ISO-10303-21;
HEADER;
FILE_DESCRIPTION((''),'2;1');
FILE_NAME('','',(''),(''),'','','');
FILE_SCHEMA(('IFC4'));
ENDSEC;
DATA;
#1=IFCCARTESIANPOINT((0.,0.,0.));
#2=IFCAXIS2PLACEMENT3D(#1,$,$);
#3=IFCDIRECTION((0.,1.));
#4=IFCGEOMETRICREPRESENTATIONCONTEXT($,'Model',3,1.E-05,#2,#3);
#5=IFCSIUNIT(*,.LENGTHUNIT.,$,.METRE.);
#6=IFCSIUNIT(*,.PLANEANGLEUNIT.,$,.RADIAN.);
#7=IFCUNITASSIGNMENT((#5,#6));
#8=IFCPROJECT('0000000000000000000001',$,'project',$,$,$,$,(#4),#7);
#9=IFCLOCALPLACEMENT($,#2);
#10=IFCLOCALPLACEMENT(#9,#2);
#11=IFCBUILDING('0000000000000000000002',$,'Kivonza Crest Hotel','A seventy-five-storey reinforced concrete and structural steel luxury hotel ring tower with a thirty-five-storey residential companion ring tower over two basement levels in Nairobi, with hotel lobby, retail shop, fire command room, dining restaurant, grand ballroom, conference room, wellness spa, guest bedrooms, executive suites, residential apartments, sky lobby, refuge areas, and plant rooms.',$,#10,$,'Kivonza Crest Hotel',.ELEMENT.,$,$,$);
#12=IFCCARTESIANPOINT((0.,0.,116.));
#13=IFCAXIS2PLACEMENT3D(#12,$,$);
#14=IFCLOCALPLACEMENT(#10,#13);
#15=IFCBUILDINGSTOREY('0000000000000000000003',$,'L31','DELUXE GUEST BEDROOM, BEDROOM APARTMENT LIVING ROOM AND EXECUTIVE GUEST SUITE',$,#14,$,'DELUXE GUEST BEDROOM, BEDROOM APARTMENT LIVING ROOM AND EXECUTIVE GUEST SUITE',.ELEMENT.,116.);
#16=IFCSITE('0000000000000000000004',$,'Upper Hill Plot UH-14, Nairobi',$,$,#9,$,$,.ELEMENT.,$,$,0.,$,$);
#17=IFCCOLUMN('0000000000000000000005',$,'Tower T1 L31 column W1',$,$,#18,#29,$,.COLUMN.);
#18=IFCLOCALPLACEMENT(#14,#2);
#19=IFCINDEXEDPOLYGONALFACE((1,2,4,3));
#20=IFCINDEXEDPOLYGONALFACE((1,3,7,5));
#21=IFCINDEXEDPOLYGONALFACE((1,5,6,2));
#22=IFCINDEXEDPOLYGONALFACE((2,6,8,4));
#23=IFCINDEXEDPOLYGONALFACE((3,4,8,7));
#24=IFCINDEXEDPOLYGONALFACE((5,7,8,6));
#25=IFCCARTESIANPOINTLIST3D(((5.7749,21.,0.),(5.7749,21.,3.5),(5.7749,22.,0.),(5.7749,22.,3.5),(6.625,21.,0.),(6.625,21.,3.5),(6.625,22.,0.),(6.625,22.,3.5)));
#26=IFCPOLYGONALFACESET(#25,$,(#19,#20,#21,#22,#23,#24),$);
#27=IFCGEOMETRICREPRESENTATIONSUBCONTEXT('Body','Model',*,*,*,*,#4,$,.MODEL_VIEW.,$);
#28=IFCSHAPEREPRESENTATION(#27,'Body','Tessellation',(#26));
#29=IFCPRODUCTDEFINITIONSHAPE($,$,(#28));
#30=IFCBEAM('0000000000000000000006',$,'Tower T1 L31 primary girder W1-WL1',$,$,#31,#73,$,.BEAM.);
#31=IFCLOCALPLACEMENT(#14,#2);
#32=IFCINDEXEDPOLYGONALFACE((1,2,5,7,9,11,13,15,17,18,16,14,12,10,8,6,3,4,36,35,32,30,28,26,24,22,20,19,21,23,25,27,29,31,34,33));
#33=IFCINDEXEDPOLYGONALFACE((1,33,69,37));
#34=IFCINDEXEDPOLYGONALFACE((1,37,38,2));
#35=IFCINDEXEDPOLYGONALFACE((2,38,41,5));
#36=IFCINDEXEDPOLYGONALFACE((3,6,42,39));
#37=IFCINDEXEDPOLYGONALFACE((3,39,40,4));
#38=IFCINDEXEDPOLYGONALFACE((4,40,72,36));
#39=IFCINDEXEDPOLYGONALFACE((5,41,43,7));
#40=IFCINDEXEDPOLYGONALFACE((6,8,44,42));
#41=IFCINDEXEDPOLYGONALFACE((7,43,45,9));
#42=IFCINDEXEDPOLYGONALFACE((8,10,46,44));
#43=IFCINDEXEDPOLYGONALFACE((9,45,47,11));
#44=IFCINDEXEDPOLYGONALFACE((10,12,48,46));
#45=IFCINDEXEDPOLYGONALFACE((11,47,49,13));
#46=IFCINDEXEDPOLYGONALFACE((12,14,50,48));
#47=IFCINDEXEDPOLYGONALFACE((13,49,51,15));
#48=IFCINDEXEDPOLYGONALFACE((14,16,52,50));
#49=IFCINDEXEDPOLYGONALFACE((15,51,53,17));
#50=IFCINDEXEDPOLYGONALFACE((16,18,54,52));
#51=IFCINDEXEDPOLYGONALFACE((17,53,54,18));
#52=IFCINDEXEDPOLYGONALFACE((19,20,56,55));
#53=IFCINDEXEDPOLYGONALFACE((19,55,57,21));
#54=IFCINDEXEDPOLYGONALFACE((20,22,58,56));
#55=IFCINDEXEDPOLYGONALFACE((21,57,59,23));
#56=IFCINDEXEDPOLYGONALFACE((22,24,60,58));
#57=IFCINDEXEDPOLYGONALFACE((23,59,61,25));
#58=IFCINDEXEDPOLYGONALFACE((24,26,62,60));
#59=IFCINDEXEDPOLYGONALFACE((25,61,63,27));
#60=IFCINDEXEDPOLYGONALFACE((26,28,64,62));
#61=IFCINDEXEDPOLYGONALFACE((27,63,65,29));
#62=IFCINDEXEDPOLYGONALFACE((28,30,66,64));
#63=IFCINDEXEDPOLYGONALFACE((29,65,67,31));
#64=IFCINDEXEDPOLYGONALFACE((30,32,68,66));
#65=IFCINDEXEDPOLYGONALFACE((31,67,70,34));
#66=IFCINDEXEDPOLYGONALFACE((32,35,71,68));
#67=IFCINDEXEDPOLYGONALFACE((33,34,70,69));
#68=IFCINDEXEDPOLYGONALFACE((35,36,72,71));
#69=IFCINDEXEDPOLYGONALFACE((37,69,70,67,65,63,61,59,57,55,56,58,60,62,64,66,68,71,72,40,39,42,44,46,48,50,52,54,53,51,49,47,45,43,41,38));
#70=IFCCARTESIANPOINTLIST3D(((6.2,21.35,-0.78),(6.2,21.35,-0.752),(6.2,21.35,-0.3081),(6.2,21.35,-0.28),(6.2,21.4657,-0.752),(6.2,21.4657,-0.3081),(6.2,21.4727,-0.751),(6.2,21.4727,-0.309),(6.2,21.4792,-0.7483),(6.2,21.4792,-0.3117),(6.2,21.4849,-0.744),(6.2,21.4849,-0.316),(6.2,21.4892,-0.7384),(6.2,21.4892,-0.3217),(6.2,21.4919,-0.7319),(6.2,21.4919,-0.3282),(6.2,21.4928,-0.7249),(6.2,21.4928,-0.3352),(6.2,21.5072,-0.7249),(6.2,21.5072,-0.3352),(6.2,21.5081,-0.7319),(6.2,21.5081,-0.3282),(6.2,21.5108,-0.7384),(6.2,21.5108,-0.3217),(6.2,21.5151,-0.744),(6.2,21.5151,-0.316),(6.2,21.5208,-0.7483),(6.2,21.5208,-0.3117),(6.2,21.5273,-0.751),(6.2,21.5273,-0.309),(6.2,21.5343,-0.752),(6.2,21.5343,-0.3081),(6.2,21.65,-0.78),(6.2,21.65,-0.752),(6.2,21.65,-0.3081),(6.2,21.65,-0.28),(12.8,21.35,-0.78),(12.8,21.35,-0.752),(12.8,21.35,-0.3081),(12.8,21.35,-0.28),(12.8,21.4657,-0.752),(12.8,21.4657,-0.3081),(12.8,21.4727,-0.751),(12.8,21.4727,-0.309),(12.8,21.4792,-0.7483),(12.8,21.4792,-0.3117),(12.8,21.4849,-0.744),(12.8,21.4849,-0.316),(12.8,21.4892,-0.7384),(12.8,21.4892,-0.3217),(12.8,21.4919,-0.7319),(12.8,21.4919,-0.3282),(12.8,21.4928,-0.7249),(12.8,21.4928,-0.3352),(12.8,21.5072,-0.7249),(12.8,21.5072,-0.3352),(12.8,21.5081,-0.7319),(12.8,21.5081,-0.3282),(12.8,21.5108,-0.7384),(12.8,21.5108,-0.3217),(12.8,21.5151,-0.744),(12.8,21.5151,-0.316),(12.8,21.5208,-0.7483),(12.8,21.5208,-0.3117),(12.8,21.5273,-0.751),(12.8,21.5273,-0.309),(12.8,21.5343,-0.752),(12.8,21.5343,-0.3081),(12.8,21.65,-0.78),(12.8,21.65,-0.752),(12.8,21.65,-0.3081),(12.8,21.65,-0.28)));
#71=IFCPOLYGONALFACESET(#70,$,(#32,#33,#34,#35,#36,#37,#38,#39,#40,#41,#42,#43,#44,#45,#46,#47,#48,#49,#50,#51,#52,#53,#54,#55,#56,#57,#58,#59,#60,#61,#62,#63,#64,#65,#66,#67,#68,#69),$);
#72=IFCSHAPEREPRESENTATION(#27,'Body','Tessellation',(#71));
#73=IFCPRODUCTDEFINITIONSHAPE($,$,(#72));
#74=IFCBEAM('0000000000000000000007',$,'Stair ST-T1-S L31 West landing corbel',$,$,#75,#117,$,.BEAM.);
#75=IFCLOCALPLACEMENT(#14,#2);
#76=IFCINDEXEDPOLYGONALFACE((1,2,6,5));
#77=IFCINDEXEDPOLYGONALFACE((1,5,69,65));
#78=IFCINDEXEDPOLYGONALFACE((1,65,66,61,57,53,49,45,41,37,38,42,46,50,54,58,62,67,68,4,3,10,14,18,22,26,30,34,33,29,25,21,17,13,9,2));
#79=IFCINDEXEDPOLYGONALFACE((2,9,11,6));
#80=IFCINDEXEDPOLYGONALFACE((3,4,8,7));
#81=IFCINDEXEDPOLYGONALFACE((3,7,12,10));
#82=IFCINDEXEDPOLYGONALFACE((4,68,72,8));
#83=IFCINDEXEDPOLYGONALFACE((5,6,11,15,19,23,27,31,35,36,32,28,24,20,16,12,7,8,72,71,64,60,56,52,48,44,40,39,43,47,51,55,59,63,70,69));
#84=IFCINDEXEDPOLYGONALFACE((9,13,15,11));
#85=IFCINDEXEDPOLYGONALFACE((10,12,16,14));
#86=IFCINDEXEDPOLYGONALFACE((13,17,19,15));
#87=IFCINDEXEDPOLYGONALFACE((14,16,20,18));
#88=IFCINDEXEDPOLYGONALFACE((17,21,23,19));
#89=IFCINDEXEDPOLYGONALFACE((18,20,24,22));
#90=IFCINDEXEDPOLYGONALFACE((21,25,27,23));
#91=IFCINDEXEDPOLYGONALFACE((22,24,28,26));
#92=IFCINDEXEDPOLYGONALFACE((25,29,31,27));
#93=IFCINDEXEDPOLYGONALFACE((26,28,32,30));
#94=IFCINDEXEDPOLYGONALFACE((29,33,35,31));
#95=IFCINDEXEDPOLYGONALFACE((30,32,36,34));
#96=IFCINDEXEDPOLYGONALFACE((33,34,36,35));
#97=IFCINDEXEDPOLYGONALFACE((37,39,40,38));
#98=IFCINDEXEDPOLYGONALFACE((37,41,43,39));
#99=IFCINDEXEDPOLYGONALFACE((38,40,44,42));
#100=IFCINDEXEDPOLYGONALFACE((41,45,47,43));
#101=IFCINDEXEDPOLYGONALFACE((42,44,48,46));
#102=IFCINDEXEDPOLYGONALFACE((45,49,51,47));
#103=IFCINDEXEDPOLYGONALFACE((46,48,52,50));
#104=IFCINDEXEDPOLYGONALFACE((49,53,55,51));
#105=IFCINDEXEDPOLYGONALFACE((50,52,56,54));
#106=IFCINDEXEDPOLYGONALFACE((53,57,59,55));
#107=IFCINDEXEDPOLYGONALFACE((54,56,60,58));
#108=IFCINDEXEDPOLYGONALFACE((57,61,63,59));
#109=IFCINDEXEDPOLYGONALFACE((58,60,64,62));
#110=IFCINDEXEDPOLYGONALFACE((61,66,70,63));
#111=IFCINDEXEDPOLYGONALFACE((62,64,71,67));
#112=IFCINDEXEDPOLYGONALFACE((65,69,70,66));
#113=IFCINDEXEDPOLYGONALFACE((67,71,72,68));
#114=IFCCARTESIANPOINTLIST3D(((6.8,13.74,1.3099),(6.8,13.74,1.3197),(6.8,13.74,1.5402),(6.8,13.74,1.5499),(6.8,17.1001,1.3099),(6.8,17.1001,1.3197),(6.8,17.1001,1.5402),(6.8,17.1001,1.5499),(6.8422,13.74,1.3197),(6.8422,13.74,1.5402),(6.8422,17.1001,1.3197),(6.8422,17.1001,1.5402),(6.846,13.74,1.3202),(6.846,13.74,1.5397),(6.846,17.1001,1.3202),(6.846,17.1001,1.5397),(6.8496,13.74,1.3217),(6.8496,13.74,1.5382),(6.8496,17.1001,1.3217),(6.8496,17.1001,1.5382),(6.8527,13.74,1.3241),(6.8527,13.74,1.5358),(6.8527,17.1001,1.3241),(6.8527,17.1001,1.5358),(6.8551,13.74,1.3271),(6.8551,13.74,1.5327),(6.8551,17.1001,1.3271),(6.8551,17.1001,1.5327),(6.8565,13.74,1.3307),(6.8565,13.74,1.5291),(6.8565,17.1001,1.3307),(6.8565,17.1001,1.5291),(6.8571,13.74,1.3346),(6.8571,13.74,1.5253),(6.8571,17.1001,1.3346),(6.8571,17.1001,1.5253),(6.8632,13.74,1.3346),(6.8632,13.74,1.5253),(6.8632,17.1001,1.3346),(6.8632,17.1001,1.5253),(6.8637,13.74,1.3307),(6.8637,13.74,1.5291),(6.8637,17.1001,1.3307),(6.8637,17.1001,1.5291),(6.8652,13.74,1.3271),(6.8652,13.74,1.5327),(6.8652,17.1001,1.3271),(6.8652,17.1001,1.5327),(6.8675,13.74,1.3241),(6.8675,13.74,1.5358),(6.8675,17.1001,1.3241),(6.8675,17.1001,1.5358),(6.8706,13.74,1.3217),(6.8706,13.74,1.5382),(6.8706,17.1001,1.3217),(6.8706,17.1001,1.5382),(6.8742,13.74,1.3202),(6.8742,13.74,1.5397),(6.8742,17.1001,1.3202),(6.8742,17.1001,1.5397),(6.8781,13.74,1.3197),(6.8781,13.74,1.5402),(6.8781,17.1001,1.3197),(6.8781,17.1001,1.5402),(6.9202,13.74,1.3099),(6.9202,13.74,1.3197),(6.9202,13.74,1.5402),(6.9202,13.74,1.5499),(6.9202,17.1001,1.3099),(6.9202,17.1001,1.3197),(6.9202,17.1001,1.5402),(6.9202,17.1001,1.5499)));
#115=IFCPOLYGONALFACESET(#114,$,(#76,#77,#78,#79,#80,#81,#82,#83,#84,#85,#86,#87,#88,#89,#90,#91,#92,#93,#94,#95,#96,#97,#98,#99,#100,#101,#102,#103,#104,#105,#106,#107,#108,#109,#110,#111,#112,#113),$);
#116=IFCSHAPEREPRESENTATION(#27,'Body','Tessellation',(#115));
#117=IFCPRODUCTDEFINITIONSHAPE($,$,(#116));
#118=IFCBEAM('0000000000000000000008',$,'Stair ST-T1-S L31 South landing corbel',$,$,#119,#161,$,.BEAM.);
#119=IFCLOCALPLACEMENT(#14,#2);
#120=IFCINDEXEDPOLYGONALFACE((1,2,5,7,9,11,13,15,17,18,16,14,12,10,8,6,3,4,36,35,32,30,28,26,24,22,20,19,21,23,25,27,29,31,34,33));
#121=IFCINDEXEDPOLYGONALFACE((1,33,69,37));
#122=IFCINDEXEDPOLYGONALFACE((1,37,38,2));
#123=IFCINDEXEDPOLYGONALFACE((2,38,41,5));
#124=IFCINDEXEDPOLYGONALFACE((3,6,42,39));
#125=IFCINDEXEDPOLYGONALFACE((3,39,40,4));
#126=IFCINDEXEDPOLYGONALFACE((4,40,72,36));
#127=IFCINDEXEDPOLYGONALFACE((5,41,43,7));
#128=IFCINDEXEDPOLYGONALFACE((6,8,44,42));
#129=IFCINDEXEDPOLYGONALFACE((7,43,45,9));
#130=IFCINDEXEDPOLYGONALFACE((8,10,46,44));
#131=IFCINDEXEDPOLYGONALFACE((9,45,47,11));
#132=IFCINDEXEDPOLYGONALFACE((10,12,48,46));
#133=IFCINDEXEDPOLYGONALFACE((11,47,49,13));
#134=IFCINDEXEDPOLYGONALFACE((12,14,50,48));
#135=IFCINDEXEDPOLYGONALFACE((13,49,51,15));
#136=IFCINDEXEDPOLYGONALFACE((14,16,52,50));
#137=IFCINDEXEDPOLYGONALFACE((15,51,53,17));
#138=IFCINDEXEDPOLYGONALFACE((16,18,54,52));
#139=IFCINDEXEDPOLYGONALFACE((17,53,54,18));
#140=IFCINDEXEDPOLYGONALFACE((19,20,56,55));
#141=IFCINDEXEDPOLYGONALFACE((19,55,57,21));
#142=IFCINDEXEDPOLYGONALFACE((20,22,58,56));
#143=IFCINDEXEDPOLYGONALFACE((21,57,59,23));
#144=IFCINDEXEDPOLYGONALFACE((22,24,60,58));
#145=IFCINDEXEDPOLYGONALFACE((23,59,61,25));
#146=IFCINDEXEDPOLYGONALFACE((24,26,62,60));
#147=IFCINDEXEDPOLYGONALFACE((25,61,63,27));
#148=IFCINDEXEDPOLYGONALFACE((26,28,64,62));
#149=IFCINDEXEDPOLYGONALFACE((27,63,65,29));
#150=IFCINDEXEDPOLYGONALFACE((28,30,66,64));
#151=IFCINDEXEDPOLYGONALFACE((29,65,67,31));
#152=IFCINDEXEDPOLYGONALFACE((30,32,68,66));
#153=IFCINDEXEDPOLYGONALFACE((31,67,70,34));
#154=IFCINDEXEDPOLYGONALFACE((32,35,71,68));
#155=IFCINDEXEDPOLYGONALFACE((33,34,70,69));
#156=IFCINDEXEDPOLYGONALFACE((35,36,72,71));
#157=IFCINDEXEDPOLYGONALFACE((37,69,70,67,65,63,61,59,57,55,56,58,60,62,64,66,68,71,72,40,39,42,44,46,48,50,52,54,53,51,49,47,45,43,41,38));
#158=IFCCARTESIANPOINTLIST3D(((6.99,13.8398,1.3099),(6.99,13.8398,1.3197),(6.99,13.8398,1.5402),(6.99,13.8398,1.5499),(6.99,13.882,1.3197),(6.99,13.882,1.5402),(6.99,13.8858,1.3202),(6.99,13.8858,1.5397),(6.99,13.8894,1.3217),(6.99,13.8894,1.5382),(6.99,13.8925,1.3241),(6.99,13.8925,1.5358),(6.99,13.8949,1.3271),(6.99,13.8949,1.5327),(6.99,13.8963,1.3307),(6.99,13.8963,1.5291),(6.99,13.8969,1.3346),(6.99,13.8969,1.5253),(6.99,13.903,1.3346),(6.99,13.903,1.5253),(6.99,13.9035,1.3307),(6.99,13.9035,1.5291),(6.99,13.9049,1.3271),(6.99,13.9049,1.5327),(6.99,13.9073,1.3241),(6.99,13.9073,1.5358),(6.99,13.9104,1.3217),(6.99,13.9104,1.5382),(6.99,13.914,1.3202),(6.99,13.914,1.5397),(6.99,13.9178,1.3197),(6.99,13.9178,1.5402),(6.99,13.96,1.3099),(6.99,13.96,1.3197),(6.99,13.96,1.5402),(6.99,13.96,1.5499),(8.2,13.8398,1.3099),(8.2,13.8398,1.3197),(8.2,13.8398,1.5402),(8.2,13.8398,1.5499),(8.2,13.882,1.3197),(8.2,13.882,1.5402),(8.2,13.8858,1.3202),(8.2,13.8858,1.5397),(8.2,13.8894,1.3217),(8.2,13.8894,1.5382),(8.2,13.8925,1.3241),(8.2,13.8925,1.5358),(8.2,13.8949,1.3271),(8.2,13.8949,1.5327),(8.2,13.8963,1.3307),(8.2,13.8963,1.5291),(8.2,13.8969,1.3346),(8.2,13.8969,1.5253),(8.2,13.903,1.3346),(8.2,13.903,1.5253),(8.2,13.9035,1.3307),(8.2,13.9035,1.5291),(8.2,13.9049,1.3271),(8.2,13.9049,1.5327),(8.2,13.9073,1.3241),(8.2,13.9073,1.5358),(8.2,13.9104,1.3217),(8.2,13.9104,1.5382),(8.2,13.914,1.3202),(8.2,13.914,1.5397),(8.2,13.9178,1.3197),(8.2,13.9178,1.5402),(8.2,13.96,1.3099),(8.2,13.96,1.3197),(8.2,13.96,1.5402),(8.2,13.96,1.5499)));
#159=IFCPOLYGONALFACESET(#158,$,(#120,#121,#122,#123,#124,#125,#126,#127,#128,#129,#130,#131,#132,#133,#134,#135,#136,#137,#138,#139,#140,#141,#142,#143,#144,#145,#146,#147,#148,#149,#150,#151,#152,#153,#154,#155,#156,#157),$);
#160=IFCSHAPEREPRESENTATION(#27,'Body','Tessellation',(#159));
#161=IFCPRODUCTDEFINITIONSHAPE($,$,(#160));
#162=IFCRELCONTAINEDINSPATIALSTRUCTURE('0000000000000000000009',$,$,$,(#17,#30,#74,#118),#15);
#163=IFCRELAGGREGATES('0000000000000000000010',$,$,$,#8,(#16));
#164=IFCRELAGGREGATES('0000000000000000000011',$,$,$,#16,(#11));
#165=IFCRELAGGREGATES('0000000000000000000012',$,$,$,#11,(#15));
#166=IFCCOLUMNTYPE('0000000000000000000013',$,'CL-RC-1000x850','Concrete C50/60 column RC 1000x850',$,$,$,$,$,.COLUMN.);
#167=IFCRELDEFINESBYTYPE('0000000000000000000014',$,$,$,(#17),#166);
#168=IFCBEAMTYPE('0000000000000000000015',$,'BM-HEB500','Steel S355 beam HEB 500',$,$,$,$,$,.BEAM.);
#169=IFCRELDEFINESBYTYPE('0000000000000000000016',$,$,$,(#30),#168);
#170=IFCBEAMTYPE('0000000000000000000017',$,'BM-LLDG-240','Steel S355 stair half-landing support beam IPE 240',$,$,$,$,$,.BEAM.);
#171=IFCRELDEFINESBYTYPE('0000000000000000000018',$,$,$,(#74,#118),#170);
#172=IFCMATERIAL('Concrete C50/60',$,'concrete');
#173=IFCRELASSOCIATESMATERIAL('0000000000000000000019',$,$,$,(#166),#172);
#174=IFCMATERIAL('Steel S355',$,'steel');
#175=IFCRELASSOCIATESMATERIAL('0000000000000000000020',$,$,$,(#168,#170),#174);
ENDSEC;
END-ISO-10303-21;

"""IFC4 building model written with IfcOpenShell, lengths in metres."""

from ifc_helpers import new_model, si_unit, direction, frame, origin, origin_2d, place, context, subcontext, project, spatial, rectangle, i_section, extrude, material, material_profile, profile_set, type_object, element, save


model = new_model("IFC4")

# Units and contexts
model_context = context("Model", 3, precision=1e-05, world=origin(), true_north=direction((0.0, 1.0)))
body_context = subcontext(model_context, "Body", "Model", "MODEL_VIEW")
ifc_project = project(units=[si_unit("LENGTHUNIT", "METRE"), si_unit("PLANEANGLEUNIT", "RADIAN")], contexts=[model_context])

# Site, building, storey
site_placement = place(None, origin())
site = spatial("IfcSite", under=ifc_project, at=site_placement, Name="Upper Hill Plot UH-14, Nairobi", CompositionType="ELEMENT", RefElevation=0.0)
building_placement = place(site_placement, origin())
building = spatial("IfcBuilding", under=site, at=building_placement, Name="Kivonza Crest Hotel", Description="A seventy-five-storey reinforced concrete and structural steel luxury hotel ring tower with a thirty-five-storey residential companion ring tower over two basement levels in Nairobi, with hotel lobby, retail shop, fire command room, dining restaurant, grand ballroom, conference room, wellness spa, guest bedrooms, executive suites, residential apartments, sky lobby, refuge areas, and plant rooms.", LongName="Kivonza Crest Hotel", CompositionType="ELEMENT")
storey_placement = place(building_placement, frame((0.0, 0.0, 116.0)))
storey = spatial("IfcBuildingStorey", under=building, at=storey_placement, Name="L31", Description="DELUXE GUEST BEDROOM, BEDROOM APARTMENT LIVING ROOM AND EXECUTIVE GUEST SUITE", LongName="DELUXE GUEST BEDROOM, BEDROOM APARTMENT LIVING ROOM AND EXECUTIVE GUEST SUITE", CompositionType="ELEMENT", Elevation=116.0)

# Column
ifc_material_1 = material(Name="Concrete C50/60", Category="concrete")
ifc_material_profile_1 = material_profile(ifc_material_1, rectangle(XDim=0.8501, YDim=1.0, at=origin_2d()), Name="RC 1000x850")
ifc_profile_set_1 = profile_set([ifc_material_profile_1], Name="Concrete C50/60")
column_type = type_object("IfcColumnType", Name="CL-RC-1000x850", Description="Concrete C50/60 column RC 1000x850", PredefinedType="COLUMN", material=ifc_profile_set_1)
column_placement = place(storey_placement, frame((6.2, 21.5, 0.0), z_axis=(0.0, 0.0, 1.0), x_axis=(1.0, 0.0, 0.0)))
element("IfcColumn", 1, at=column_placement, inside=storey, type_object=column_type, Name="Tower T1 L31 column W1", PredefinedType="COLUMN", context=body_context, shape_type="SweptSolid", body=[
    extrude(rectangle(XDim=0.8501, YDim=1.0, at=origin_2d()), origin(), (0.0, 0.0, 1.0), 3.5),
])

# Beams
ifc_material_2 = material(Name="Steel S355", Category="steel")
ifc_material_profile_2 = material_profile(ifc_material_2, i_section(OverallWidth=0.3, OverallDepth=0.5, WebThickness=0.0144, FlangeThickness=0.0281, FilletRadius=0.0271, at=origin_2d()), Name="HEB 500")
ifc_profile_set_2 = profile_set([ifc_material_profile_2], Name="Steel S355")
beam_type_1 = type_object("IfcBeamType", Name="BM-HEB500", Description="Steel S355 beam HEB 500", PredefinedType="BEAM", material=ifc_profile_set_2)
beam_1_placement = place(storey_placement, frame((6.2, 21.5, -0.53), z_axis=(1.0, 0.0, 0.0), x_axis=(0.0, 1.0, 0.0)))
element("IfcBeam", 2, at=beam_1_placement, inside=storey, type_object=beam_type_1, Name="Tower T1 L31 primary girder W1-WL1", PredefinedType="BEAM", context=body_context, shape_type="SweptSolid", body=[
    extrude(i_section(OverallWidth=0.3, OverallDepth=0.5, WebThickness=0.0144, FlangeThickness=0.0281, FilletRadius=0.0271, at=origin_2d()), origin(), (0.0, 0.0, 1.0), 6.6001),
])
ifc_material_profile_3 = material_profile(ifc_material_2, i_section(OverallWidth=0.1201, OverallDepth=0.24, WebThickness=0.0061, FlangeThickness=0.0098, FilletRadius=0.0149, at=origin_2d()), Name="IPE 240")
ifc_profile_set_3 = profile_set([ifc_material_profile_3], Name="Steel S355")
beam_type_2 = type_object("IfcBeamType", Name="BM-LLDG-240", Description="Steel S355 stair half-landing support beam IPE 240", PredefinedType="BEAM", material=ifc_profile_set_3)
beam_2_placement = place(storey_placement, frame((6.8601, 13.74, 1.4299), z_axis=(0.0, 1.0, 0.0), x_axis=(-1.0, 0.0, 0.0)))
element("IfcBeam", 3, at=beam_2_placement, inside=storey, type_object=beam_type_2, Name="Stair ST-T1-S L31 West landing corbel", PredefinedType="BEAM", context=body_context, shape_type="SweptSolid", body=[
    extrude(i_section(OverallWidth=0.1201, OverallDepth=0.24, WebThickness=0.0061, FlangeThickness=0.0098, FilletRadius=0.0149, at=origin_2d()), origin(), (0.0, 0.0, 1.0), 3.3601),
])
for number, where, z_axis, x_axis, name in (
    (4, (6.99, 13.8999, 1.4299), (1.0, 0.0, 0.0), (0.0, 1.0, 0.0), "Stair ST-T1-S L31 South landing corbel"),
):
    element("IfcBeam", number, at=place(storey_placement, frame(where, z_axis=z_axis, x_axis=x_axis)), inside=storey, type_object=beam_type_2, Name=name, PredefinedType="BEAM", context=body_context, shape_type="SweptSolid", body=[
        extrude(i_section(OverallWidth=0.1201, OverallDepth=0.24, WebThickness=0.0061, FlangeThickness=0.0098, FilletRadius=0.0149, at=origin_2d()), origin(), (0.0, 0.0, 1.0), 1.21),
    ])

save(model, "model.ifc")
